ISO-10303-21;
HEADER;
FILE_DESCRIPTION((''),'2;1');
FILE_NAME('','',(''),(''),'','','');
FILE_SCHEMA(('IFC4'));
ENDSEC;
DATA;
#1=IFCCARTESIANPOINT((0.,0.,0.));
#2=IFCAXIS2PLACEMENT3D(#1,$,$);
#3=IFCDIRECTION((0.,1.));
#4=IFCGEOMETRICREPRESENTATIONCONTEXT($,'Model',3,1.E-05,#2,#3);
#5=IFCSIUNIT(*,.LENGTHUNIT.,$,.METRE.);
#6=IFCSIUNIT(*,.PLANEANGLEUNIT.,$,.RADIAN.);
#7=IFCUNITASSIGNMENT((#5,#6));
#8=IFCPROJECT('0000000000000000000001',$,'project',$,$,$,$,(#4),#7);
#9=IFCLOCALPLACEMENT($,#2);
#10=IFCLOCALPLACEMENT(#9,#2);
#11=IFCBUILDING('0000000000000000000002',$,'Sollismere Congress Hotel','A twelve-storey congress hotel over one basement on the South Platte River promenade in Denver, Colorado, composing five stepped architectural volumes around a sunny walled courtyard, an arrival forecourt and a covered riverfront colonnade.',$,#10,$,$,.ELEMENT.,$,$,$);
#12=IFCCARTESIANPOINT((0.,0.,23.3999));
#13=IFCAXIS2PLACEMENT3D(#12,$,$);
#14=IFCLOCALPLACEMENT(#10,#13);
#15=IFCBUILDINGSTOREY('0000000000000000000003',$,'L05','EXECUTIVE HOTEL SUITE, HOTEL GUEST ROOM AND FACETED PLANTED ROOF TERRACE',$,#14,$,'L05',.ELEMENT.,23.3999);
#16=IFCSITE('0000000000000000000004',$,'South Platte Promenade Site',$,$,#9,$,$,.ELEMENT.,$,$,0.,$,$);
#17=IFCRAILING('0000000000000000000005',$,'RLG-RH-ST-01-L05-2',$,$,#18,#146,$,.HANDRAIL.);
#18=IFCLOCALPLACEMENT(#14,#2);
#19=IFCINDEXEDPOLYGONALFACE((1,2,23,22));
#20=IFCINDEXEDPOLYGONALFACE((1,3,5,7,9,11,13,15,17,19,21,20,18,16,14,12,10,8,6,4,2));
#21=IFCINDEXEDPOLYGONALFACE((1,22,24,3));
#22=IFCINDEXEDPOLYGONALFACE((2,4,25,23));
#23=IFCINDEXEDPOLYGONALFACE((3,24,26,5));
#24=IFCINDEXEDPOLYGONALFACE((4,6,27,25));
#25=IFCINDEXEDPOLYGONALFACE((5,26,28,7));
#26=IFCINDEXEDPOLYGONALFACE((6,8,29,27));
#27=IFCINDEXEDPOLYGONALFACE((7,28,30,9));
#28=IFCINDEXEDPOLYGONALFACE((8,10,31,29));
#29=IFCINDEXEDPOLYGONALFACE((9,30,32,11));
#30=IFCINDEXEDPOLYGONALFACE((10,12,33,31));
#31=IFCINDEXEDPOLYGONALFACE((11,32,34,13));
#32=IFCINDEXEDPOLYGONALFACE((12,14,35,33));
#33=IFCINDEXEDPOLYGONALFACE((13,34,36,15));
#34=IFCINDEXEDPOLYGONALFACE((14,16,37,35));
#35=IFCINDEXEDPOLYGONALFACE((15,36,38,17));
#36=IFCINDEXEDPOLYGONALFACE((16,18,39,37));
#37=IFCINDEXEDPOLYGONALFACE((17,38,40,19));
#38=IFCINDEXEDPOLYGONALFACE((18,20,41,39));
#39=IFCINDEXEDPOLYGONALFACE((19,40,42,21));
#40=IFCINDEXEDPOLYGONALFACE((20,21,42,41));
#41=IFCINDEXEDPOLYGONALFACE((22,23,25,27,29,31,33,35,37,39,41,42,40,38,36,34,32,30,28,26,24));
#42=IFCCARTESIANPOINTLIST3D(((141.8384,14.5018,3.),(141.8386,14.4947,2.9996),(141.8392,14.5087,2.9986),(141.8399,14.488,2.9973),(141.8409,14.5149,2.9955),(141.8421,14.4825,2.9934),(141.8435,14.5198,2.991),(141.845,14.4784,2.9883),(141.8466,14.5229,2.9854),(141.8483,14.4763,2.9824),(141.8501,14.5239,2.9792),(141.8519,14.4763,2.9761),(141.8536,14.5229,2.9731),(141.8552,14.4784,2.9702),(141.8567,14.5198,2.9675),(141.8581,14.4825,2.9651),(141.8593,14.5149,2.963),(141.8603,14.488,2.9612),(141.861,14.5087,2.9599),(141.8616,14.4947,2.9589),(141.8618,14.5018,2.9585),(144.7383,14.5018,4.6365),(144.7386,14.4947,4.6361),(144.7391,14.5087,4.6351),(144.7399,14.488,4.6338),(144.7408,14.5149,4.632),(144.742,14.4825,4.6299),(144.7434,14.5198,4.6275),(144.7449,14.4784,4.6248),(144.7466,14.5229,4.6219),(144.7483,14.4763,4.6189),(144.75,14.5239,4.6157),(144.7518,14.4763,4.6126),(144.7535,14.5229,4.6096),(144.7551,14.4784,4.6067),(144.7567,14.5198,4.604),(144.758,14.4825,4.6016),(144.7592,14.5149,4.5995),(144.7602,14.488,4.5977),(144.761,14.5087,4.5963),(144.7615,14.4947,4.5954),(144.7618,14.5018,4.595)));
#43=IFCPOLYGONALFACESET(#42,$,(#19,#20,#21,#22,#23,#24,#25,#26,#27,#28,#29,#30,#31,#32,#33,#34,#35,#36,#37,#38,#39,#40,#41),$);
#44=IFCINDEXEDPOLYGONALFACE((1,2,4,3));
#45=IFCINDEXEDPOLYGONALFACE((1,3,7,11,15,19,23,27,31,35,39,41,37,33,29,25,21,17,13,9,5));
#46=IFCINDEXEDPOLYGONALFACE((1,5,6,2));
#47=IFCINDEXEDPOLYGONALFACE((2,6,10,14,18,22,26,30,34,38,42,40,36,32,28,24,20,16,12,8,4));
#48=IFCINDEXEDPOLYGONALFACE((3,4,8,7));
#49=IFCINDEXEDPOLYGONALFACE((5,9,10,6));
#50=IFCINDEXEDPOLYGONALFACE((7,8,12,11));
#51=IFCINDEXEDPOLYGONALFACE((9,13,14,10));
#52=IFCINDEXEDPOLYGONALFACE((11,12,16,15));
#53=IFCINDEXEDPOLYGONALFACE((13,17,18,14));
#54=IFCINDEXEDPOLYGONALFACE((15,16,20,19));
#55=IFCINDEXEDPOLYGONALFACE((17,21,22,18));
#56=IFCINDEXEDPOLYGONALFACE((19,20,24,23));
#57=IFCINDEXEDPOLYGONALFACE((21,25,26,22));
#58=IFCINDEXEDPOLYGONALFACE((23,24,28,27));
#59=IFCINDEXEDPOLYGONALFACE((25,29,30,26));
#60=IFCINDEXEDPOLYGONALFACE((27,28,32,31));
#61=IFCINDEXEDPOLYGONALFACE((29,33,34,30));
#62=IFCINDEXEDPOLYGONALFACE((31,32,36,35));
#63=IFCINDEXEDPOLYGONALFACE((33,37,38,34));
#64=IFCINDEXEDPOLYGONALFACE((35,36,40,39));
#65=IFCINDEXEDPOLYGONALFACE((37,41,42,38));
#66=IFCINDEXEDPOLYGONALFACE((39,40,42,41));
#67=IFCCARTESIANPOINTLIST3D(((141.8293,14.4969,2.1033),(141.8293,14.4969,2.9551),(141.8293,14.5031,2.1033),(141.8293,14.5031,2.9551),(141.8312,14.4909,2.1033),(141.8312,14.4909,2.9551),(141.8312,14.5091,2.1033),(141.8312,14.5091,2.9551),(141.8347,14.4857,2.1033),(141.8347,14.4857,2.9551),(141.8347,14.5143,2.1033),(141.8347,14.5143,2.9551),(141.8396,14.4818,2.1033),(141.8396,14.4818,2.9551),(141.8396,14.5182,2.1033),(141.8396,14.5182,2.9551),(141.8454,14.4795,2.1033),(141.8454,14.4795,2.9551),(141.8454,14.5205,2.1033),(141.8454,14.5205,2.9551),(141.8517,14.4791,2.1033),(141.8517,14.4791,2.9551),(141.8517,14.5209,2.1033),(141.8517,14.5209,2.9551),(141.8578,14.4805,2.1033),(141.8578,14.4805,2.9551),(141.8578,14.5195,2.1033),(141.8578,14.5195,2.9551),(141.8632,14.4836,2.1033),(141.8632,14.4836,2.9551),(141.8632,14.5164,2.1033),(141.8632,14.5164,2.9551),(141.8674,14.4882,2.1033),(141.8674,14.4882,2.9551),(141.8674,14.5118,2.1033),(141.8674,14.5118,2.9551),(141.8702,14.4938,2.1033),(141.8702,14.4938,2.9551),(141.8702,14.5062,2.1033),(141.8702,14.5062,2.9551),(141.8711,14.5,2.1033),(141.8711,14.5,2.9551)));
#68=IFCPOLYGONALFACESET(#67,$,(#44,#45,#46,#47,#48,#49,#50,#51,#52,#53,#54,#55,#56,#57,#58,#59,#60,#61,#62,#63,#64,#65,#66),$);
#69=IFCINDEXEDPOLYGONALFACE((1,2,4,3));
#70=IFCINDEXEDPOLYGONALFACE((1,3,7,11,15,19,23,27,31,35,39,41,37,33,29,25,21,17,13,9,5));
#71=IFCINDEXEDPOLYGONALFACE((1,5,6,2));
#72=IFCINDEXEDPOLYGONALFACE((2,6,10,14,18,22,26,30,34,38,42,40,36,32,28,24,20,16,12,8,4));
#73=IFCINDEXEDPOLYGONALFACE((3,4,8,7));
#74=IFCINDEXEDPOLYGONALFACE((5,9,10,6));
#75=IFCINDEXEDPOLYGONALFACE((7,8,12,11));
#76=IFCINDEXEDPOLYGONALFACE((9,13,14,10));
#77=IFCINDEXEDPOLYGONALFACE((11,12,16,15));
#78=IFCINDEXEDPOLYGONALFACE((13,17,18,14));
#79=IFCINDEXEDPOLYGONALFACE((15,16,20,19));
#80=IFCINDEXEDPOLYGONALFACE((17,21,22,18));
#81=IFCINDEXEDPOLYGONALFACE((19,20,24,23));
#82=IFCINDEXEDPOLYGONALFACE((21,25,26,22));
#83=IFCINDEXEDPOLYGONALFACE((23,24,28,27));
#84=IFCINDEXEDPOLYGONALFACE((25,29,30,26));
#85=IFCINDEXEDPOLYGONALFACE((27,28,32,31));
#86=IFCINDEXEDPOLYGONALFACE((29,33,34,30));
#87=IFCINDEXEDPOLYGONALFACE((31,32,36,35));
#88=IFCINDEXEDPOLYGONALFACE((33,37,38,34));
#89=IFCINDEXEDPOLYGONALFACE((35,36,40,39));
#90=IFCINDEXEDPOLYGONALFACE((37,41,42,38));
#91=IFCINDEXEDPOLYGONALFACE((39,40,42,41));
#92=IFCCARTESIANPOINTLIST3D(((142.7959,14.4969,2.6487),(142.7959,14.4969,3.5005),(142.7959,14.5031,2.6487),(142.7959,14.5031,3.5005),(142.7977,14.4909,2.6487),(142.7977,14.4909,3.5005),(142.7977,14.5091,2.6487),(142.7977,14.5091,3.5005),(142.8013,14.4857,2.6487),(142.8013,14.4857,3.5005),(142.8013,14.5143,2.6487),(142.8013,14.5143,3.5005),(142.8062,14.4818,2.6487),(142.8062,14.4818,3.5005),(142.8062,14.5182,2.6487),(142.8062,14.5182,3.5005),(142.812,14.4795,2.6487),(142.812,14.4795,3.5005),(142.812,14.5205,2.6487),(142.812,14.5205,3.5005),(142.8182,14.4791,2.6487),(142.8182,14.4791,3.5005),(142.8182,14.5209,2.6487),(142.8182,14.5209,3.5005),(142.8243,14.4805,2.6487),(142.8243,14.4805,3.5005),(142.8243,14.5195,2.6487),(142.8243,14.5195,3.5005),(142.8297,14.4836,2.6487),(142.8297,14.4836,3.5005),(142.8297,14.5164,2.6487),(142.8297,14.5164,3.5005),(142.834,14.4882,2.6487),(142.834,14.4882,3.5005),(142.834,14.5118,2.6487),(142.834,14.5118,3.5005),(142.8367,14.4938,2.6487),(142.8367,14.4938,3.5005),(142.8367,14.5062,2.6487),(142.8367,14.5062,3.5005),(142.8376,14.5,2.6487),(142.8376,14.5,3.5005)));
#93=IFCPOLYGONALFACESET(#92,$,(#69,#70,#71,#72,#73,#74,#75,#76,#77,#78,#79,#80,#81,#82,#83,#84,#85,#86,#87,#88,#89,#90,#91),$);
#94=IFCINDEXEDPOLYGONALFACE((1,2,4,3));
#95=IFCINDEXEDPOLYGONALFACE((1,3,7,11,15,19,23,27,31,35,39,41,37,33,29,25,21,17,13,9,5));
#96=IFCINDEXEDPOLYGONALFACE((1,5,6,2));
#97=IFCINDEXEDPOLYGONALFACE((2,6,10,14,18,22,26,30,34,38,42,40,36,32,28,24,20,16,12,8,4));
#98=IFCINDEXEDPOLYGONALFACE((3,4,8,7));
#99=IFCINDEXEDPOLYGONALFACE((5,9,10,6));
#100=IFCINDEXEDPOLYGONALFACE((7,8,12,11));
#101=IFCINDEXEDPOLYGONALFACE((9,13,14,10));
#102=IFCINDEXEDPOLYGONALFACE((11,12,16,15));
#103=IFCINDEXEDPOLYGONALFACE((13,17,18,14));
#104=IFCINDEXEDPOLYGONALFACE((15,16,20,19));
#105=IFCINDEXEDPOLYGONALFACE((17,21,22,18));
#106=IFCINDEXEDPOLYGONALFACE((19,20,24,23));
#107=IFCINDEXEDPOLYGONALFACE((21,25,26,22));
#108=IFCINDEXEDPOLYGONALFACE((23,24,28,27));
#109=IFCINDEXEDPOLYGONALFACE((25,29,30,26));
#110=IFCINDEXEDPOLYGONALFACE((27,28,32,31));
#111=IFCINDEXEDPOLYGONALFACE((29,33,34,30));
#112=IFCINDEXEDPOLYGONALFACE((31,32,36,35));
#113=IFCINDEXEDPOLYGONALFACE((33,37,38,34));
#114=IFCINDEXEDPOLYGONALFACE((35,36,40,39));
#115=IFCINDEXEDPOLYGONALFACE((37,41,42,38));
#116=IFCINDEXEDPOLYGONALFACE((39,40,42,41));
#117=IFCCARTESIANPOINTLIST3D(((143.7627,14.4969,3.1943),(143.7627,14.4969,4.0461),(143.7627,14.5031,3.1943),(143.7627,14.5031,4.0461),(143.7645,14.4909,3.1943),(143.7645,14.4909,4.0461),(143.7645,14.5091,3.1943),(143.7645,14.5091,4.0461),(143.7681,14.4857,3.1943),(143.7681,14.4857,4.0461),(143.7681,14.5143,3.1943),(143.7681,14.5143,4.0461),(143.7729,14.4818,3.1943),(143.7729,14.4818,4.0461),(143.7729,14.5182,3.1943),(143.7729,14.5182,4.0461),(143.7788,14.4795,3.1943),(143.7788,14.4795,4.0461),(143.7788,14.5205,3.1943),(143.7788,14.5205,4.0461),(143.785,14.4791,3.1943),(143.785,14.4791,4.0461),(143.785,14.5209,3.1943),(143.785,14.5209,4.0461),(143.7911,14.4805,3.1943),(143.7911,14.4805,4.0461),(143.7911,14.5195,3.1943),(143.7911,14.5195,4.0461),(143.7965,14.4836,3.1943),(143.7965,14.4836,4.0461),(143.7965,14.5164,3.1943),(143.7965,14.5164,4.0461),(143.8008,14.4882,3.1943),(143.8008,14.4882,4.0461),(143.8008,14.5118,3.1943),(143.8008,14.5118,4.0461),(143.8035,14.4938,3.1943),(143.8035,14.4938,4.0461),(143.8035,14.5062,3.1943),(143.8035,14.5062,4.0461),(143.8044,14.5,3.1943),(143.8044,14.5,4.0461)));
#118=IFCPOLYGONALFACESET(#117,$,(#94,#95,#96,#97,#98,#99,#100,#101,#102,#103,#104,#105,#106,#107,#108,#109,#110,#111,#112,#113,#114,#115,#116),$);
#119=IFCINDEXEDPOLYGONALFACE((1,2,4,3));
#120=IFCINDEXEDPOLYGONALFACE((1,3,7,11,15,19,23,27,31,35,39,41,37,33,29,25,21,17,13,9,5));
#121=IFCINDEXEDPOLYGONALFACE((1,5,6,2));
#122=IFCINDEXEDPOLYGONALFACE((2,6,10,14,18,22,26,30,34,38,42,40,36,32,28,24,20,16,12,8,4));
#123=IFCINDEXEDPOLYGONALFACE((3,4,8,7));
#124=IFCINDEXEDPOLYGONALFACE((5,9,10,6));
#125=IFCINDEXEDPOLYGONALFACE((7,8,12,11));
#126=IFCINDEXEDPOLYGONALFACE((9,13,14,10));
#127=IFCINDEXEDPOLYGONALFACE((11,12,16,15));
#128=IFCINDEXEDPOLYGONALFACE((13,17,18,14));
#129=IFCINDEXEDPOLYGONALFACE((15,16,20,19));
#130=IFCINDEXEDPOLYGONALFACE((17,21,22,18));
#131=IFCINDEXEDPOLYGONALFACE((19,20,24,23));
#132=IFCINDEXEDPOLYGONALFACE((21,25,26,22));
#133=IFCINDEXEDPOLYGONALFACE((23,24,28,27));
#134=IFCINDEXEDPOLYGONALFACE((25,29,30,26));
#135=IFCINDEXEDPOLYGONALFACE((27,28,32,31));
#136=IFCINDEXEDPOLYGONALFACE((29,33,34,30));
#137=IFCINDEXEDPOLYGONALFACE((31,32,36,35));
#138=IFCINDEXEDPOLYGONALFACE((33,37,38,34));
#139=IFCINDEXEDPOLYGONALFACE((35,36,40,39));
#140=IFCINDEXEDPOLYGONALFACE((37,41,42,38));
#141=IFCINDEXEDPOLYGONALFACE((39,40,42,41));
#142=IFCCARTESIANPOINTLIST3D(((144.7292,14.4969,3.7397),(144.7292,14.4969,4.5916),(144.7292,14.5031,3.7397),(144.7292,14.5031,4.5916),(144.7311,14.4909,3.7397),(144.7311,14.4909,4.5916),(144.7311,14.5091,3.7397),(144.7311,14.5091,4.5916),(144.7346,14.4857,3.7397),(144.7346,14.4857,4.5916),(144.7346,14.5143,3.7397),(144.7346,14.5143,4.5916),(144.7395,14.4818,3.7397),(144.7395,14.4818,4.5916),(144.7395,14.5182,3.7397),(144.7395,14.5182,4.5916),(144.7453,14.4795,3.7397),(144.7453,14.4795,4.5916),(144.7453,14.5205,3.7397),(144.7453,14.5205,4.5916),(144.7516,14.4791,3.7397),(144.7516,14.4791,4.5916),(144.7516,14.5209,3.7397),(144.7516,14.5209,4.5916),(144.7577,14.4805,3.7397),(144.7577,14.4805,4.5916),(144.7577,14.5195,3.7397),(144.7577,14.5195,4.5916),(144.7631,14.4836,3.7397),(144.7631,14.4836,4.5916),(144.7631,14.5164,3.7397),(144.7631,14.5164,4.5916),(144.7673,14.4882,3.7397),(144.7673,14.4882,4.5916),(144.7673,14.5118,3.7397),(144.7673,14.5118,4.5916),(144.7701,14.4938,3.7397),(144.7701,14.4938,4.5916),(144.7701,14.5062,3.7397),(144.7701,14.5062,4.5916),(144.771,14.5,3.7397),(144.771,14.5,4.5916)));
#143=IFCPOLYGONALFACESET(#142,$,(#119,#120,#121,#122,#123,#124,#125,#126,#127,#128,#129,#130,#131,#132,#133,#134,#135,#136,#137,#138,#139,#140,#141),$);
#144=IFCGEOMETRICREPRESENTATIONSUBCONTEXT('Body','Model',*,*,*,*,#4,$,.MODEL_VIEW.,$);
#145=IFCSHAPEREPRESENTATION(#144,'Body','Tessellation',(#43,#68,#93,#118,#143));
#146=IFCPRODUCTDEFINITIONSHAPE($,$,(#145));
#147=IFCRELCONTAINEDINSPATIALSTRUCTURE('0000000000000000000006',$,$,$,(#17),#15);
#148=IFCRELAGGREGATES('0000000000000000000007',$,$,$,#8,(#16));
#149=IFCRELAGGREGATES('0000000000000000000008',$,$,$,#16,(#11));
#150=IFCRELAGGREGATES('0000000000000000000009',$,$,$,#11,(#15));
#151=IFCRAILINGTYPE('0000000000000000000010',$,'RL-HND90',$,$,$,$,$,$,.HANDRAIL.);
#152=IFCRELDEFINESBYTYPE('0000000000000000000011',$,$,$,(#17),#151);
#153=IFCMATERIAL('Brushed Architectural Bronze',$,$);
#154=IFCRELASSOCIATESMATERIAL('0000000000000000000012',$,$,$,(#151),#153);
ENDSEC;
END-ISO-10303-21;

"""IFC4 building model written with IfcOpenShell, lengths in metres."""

from ifc_helpers import new_model, si_unit, direction, frame, origin, origin_2d, place, context, subcontext, project, spatial, circle, extrude, material, type_object, element, save


model = new_model("IFC4")

# Units and contexts
model_context = context("Model", 3, precision=1e-05, world=origin(), true_north=direction((0.0, 1.0)))
body_context = subcontext(model_context, "Body", "Model", "MODEL_VIEW")
ifc_project = project(units=[si_unit("LENGTHUNIT", "METRE"), si_unit("PLANEANGLEUNIT", "RADIAN")], contexts=[model_context])

# Site, building, storey
site_placement = place(None, origin())
site = spatial("IfcSite", under=ifc_project, at=site_placement, Name="South Platte Promenade Site", CompositionType="ELEMENT", RefElevation=0.0)
building_placement = place(site_placement, origin())
building = spatial("IfcBuilding", under=site, at=building_placement, Name="Sollismere Congress Hotel", Description="A twelve-storey congress hotel over one basement on the South Platte River promenade in Denver, Colorado, composing five stepped architectural volumes around a sunny walled courtyard, an arrival forecourt and a covered riverfront colonnade.", CompositionType="ELEMENT")
storey_placement = place(building_placement, frame((0.0, 0.0, 23.3999)))
storey = spatial("IfcBuildingStorey", under=building, at=storey_placement, Name="L05", Description="EXECUTIVE HOTEL SUITE, HOTEL GUEST ROOM AND FACETED PLANTED ROOF TERRACE", LongName="L05", CompositionType="ELEMENT", Elevation=23.3999)

# Railing
ifc_material_1 = material(Name="Brushed Architectural Bronze")
railing_type_1 = type_object("IfcRailingType", Name="RL-HND90", PredefinedType="HANDRAIL", material=ifc_material_1)
railing_1_placement = place(storey_placement, frame((141.8501, 14.5, 2.1033)))
element("IfcRailing", 1, at=railing_1_placement, inside=storey, type_object=railing_type_1, Name="RLG-RH-ST-01-L05-2", PredefinedType="HANDRAIL", context=body_context, shape_type="SweptSolid", body=[
    extrude(circle(Radius=0.0239, at=origin_2d()), frame((0.0, 0.0, 0.876), z_axis=(0.870897, 0.0, 0.491465), x_axis=(0.0, 1.0, 0.0)), (0.0, 0.0, 1.0), 3.3298),
    extrude(circle(Radius=0.021, at=origin_2d()), origin(), (0.0, 0.0, 1.0), 0.8518),
    extrude(circle(Radius=0.021, at=origin_2d()), frame((0.9666, 0.0, 0.5454)), (0.0, 0.0, 1.0), 0.8518),
    extrude(circle(Radius=0.021, at=origin_2d()), frame((1.9333, 0.0, 1.0911)), (0.0, 0.0, 1.0), 0.8518),
    extrude(circle(Radius=0.021, at=origin_2d()), frame((2.8999, 0.0, 1.6365)), (0.0, 0.0, 1.0), 0.8518),
])

save(model, "model.ifc")
